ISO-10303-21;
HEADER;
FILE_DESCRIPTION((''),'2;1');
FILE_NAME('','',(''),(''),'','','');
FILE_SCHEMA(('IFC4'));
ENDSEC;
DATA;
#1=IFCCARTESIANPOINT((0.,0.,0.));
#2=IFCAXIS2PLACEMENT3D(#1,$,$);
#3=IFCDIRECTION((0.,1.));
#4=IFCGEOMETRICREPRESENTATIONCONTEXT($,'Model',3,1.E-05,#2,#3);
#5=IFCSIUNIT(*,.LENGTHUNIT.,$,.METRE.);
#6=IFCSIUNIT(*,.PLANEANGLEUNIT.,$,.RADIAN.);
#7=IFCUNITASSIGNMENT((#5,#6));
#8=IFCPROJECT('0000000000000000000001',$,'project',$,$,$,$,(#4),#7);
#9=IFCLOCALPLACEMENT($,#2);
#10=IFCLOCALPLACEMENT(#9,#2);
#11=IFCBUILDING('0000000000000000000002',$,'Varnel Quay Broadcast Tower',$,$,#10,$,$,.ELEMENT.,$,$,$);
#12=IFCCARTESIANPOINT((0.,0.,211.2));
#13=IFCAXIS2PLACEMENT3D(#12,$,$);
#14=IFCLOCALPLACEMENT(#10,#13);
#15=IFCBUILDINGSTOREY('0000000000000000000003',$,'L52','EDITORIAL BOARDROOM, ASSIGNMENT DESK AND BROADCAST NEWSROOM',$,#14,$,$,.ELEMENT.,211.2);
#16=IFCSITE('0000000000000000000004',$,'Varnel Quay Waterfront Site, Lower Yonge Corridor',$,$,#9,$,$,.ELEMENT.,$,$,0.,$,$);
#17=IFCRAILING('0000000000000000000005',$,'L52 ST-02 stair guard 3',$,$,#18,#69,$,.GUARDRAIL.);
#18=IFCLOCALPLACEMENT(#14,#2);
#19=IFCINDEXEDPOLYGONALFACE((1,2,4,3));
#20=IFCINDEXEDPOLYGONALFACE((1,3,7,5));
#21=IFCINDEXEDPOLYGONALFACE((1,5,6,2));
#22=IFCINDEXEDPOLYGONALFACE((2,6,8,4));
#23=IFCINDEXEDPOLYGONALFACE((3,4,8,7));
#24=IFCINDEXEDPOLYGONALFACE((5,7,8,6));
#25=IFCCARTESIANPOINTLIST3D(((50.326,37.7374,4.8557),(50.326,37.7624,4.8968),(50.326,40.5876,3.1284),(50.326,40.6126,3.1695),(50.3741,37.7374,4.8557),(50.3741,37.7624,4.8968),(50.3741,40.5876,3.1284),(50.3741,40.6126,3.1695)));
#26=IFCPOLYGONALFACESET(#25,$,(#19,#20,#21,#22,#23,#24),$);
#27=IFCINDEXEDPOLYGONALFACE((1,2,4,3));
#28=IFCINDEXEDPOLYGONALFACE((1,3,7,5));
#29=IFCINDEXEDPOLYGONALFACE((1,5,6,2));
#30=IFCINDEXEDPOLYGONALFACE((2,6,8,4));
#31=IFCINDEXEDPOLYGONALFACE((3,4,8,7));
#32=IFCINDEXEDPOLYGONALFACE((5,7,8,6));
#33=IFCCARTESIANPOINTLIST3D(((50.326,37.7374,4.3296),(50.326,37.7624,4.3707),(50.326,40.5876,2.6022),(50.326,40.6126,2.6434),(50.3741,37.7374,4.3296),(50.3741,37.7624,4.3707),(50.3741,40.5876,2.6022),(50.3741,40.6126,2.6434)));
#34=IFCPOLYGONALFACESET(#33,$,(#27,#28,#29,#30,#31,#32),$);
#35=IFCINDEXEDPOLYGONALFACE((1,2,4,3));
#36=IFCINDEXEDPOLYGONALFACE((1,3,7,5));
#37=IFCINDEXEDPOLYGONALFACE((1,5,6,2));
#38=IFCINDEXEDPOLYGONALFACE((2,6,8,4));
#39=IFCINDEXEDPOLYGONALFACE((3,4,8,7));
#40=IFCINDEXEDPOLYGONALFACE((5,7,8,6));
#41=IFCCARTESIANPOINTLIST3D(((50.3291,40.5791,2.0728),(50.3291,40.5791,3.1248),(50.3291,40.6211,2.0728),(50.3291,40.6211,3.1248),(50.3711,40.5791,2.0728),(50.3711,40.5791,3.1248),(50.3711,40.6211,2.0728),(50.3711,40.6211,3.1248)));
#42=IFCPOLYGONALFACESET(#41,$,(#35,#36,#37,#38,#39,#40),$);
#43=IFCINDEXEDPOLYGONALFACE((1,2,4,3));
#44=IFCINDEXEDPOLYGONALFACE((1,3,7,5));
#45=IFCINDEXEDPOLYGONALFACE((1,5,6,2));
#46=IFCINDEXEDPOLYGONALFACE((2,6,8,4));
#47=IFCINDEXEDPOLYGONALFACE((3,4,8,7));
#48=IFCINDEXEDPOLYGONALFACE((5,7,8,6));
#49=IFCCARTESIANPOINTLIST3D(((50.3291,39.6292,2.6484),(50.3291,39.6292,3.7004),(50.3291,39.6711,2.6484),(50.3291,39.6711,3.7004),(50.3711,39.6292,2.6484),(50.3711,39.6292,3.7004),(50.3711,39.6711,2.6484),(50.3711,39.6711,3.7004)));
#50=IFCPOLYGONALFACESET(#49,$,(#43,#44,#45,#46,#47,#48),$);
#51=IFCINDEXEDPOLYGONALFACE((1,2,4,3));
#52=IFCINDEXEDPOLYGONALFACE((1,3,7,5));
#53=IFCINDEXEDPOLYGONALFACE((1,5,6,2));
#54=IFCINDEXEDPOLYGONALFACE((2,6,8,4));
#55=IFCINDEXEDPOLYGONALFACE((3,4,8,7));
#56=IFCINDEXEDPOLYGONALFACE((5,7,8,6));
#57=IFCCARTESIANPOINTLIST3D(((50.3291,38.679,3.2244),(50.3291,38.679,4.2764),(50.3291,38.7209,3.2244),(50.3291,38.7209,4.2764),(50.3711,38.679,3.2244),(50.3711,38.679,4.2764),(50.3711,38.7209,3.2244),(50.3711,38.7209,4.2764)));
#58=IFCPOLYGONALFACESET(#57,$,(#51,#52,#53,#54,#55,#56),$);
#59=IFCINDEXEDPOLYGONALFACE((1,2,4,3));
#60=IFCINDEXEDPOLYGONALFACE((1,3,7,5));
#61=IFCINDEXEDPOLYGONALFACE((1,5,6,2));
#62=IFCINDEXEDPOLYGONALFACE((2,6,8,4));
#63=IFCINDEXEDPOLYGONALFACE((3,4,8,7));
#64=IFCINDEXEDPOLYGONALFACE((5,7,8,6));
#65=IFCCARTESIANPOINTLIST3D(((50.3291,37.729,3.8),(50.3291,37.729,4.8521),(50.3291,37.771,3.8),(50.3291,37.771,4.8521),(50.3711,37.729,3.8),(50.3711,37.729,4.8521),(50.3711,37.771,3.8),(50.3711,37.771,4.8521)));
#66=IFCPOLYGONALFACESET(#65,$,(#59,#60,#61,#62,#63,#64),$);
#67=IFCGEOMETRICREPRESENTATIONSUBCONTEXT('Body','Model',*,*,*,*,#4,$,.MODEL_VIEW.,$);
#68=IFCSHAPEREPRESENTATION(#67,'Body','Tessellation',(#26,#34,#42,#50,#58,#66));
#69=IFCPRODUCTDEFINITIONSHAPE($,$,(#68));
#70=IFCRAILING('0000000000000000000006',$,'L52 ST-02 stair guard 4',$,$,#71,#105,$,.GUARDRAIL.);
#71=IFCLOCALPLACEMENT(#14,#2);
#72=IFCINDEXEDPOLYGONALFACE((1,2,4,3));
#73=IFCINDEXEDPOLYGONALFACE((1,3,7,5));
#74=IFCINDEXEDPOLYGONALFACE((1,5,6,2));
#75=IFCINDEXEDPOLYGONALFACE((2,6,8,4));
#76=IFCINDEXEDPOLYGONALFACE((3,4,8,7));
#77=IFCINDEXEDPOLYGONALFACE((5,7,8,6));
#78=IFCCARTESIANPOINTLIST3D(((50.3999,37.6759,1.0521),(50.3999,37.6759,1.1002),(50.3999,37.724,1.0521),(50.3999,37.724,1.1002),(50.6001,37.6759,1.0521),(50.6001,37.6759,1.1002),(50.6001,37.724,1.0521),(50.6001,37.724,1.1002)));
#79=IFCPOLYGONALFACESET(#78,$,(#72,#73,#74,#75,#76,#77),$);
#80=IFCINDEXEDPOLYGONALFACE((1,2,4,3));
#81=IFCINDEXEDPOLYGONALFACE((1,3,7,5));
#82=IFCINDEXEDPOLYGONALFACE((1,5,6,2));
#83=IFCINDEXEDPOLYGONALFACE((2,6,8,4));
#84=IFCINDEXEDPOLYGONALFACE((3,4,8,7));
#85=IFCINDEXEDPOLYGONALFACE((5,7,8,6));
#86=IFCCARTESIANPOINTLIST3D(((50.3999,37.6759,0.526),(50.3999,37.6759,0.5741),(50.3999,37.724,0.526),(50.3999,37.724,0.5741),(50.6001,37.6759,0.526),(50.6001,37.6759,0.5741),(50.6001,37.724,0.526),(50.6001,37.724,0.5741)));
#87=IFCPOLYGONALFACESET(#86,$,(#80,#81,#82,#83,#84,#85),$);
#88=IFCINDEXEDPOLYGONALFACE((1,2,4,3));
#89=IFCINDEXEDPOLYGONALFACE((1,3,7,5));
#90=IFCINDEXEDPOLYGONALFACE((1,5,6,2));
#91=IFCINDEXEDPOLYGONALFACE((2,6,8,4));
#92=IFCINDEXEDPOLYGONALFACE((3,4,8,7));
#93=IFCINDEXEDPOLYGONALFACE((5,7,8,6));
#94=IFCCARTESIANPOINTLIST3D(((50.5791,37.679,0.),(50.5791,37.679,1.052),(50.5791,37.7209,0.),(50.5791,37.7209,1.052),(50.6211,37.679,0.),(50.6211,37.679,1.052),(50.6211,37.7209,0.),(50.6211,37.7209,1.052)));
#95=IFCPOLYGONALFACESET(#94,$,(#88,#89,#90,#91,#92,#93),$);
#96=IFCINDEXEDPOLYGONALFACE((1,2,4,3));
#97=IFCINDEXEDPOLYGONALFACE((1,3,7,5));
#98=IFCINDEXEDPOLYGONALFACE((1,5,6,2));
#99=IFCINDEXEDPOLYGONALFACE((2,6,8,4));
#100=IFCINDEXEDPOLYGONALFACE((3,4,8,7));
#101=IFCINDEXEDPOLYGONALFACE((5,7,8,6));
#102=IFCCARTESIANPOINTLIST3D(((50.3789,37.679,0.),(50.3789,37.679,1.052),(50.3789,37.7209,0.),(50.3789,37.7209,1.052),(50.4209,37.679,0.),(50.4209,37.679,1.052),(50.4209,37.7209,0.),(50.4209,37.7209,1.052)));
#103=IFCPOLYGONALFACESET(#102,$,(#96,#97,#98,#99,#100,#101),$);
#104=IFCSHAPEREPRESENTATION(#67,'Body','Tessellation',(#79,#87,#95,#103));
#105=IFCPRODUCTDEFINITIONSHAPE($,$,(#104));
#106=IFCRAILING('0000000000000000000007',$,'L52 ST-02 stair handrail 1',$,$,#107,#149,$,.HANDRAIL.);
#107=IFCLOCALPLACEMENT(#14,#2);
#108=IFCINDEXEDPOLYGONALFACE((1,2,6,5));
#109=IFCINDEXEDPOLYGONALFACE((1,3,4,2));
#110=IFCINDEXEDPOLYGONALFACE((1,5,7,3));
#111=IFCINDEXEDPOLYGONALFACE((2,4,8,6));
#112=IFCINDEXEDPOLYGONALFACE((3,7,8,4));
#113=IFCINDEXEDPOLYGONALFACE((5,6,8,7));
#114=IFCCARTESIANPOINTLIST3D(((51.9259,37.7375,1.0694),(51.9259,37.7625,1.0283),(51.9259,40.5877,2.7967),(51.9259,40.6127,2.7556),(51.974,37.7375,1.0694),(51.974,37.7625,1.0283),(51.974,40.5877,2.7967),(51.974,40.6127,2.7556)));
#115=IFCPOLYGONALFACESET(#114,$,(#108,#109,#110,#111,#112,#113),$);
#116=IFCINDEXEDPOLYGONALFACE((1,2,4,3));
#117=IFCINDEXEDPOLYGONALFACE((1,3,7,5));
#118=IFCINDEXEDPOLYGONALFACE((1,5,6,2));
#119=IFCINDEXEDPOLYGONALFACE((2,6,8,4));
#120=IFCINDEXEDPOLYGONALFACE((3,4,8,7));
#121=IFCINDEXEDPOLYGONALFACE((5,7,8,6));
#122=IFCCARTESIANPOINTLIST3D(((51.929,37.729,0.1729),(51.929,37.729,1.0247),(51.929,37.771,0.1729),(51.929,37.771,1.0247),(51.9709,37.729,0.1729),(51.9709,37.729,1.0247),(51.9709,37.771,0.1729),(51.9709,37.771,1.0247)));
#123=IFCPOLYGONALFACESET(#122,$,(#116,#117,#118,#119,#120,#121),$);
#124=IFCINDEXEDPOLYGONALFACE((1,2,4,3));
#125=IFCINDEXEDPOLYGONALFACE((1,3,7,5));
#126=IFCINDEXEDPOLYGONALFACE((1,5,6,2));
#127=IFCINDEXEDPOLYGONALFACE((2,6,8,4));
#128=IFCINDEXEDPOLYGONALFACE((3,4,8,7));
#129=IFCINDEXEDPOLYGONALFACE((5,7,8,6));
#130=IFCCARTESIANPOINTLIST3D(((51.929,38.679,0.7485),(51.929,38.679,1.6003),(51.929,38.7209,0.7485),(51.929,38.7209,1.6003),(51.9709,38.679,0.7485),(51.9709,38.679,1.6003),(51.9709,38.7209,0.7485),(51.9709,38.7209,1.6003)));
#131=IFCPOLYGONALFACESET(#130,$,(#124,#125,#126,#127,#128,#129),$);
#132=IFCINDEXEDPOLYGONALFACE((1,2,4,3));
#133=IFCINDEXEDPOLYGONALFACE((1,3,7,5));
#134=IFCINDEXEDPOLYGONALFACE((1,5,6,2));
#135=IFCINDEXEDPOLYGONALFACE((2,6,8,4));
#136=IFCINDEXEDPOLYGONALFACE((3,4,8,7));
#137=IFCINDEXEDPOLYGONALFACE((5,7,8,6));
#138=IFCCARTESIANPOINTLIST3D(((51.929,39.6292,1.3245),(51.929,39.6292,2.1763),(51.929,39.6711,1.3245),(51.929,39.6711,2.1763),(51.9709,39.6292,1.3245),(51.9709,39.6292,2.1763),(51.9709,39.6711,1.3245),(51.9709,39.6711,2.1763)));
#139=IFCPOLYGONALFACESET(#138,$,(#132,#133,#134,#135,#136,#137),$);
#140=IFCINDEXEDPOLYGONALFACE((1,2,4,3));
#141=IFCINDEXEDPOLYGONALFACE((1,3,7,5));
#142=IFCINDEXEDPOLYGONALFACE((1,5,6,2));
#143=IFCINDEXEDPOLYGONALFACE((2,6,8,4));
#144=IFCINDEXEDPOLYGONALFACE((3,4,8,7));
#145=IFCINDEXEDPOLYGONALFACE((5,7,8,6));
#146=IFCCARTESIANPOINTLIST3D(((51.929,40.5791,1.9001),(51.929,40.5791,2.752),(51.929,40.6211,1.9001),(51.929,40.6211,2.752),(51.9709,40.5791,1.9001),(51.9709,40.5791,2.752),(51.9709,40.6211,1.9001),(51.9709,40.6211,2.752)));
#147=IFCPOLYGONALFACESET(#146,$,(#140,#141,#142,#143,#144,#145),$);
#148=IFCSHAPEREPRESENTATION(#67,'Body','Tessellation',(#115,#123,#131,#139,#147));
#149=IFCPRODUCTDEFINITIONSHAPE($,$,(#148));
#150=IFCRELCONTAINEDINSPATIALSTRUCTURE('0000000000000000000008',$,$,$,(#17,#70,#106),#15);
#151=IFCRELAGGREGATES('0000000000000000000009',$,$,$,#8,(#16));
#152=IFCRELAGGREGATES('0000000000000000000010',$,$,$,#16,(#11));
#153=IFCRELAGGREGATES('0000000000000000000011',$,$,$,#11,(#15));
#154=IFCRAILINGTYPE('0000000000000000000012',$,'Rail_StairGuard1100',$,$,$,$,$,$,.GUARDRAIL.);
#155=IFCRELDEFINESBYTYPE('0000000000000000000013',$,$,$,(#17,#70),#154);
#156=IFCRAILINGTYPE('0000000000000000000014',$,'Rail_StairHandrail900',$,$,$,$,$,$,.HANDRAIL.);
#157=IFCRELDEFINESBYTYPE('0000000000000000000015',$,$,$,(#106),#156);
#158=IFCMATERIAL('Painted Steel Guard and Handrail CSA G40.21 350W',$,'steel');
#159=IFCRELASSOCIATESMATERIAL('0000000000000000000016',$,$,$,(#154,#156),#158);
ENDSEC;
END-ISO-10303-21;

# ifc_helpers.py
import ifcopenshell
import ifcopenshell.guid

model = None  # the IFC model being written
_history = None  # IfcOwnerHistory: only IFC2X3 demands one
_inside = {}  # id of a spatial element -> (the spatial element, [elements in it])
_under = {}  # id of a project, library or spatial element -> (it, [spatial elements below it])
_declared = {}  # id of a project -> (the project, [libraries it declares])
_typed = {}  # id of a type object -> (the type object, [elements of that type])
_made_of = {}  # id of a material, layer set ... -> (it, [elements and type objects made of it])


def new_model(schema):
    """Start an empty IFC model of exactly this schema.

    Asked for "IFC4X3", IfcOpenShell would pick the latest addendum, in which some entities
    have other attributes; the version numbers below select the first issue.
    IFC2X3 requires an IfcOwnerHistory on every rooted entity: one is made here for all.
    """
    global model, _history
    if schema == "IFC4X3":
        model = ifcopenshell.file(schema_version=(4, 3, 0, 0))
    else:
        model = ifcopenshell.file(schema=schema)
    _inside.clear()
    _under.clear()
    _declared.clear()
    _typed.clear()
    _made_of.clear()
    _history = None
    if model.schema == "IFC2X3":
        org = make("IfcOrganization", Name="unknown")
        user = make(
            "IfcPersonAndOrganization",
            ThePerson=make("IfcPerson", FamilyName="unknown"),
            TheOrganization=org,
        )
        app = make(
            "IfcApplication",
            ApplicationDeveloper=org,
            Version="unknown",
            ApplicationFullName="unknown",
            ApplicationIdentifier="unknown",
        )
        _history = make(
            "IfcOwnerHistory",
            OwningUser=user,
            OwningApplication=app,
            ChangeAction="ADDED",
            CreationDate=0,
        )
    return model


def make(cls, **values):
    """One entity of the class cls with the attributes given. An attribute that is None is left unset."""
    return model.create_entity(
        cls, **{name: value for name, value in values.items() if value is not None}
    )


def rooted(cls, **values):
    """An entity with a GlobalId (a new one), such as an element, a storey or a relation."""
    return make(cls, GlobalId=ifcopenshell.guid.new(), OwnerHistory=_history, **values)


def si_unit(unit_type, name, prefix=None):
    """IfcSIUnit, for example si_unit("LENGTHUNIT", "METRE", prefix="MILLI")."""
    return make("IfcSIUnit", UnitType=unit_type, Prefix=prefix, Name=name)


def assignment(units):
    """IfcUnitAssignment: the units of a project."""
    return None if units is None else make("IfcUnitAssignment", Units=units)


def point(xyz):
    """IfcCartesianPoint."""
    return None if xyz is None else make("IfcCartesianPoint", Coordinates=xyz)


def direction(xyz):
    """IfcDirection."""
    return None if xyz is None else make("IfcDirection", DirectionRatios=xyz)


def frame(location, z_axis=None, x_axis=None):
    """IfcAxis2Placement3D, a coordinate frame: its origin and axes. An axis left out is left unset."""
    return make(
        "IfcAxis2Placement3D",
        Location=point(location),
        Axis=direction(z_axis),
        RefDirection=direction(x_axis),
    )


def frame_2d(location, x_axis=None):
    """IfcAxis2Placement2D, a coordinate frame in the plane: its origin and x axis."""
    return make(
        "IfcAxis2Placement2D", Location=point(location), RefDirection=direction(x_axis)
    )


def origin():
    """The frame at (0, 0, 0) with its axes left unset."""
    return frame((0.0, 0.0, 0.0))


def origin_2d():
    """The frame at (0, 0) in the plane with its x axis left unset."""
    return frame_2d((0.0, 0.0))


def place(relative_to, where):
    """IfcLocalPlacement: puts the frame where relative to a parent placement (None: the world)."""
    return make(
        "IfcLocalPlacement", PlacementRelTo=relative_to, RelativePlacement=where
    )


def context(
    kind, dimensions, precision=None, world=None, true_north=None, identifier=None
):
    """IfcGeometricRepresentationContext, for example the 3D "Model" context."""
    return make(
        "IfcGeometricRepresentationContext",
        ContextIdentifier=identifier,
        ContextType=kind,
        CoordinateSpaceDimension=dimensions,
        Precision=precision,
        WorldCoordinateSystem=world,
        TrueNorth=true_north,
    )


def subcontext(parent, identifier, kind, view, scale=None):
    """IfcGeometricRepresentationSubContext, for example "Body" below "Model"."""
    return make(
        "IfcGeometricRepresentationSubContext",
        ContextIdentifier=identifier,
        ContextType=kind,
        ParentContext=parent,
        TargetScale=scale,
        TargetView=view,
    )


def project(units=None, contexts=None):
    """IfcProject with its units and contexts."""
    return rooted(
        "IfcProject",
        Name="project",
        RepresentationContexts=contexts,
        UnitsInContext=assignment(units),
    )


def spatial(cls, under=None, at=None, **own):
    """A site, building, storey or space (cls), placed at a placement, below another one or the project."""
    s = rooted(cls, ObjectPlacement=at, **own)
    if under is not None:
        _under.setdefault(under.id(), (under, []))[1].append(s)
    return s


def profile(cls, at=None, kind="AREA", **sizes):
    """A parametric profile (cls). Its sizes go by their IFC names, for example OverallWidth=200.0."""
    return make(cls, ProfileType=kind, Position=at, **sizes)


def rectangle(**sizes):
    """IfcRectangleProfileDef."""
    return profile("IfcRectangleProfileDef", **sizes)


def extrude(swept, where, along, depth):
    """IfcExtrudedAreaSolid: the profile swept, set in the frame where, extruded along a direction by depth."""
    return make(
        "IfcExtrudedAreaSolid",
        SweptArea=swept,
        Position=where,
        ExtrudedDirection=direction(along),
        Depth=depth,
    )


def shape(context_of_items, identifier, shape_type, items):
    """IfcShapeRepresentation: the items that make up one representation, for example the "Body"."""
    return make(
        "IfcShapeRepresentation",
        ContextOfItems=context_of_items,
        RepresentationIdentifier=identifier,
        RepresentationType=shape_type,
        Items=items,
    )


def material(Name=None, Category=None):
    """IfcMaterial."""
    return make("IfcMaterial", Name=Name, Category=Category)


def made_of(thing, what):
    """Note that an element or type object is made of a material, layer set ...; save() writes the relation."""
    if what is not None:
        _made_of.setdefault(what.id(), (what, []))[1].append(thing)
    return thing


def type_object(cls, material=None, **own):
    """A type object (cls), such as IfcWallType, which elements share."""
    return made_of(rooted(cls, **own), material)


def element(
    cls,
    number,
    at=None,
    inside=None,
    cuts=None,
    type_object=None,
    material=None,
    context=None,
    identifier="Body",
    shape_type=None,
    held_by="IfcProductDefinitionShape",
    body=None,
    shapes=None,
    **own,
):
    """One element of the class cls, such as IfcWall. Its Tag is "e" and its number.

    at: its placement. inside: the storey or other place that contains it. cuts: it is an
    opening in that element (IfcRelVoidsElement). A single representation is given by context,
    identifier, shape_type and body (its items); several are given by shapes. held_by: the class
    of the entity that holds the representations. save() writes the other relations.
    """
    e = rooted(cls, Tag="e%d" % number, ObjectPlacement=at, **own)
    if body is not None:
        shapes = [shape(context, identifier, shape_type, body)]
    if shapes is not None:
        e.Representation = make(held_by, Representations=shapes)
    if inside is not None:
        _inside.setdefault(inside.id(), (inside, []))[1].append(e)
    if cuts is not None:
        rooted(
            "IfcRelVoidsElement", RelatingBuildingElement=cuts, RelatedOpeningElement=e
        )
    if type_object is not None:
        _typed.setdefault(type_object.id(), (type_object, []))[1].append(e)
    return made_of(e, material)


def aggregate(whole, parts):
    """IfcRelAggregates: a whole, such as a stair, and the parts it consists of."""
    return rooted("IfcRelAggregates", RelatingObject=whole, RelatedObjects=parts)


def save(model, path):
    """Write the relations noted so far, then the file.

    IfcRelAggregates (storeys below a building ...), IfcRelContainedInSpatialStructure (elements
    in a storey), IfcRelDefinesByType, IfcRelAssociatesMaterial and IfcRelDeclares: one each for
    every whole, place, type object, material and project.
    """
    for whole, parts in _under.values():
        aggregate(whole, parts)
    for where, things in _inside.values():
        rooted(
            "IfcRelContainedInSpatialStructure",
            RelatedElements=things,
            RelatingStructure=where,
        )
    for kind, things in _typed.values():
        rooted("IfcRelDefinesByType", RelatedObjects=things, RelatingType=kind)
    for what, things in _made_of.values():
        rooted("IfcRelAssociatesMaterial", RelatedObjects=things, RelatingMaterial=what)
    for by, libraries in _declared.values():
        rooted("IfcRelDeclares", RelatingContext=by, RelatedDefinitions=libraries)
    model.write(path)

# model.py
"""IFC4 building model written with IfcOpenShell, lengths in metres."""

from ifc_helpers import new_model, si_unit, direction, frame, origin, origin_2d, place, context, subcontext, project, spatial, rectangle, extrude, material, type_object, element, save


model = new_model("IFC4")

# Units and contexts
model_context = context("Model", 3, precision=1e-05, world=origin(), true_north=direction((0.0, 1.0)))
body_context = subcontext(model_context, "Body", "Model", "MODEL_VIEW")
ifc_project = project(units=[si_unit("LENGTHUNIT", "METRE"), si_unit("PLANEANGLEUNIT", "RADIAN")], contexts=[model_context])

# Site, building, storey
site_placement = place(None, origin())
site = spatial("IfcSite", under=ifc_project, at=site_placement, Name="Varnel Quay Waterfront Site, Lower Yonge Corridor", CompositionType="ELEMENT", RefElevation=0.0)
building_placement = place(site_placement, origin())
building = spatial("IfcBuilding", under=site, at=building_placement, Name="Varnel Quay Broadcast Tower", CompositionType="ELEMENT")
storey_placement = place(building_placement, frame((0.0, 0.0, 211.2)))
storey = spatial("IfcBuildingStorey", under=building, at=storey_placement, Name="L52", Description="EDITORIAL BOARDROOM, ASSIGNMENT DESK AND BROADCAST NEWSROOM", CompositionType="ELEMENT", Elevation=211.2)

# Railings
ifc_material_1 = material(Name="Painted Steel Guard and Handrail CSA G40.21 350W", Category="steel")
railing_type_1 = type_object("IfcRailingType", Name="Rail_StairGuard1100", PredefinedType="GUARDRAIL", material=ifc_material_1)
railing_1_placement = place(storey_placement, frame((50.3501, 40.6001, 2.0728)))
element("IfcRailing", 1, at=railing_1_placement, inside=storey, type_object=railing_type_1, Name="L52 ST-02 stair guard 3", PredefinedType="GUARDRAIL", context=body_context, shape_type="SweptSolid", body=[
    extrude(rectangle(XDim=0.0481, YDim=0.0481, at=origin_2d()), frame((0.0, 0.0, 1.0762), z_axis=(0.0, -0.855203, 0.518294), x_axis=(1.0, 0.0, 0.0)), (0.0, 0.0, 1.0), 3.3328),
    extrude(rectangle(XDim=0.0481, YDim=0.0481, at=origin_2d()), frame((0.0, 0.0, 0.55), z_axis=(0.0, -0.855203, 0.518294), x_axis=(1.0, 0.0, 0.0)), (0.0, 0.0, 1.0), 3.3328),
    extrude(rectangle(XDim=0.042, YDim=0.042, at=origin_2d()), origin(), (0.0, 0.0, 1.0), 1.052),
    extrude(rectangle(XDim=0.042, YDim=0.042, at=origin_2d()), frame((0.0, -0.95, 0.5757)), (0.0, 0.0, 1.0), 1.052),
    extrude(rectangle(XDim=0.042, YDim=0.042, at=origin_2d()), frame((0.0, -1.9001, 1.1516)), (0.0, 0.0, 1.0), 1.052),
    extrude(rectangle(XDim=0.042, YDim=0.042, at=origin_2d()), frame((0.0, -2.8501, 1.7273)), (0.0, 0.0, 1.0), 1.052),
])
railing_2_placement = place(storey_placement, frame((50.6001, 37.7, 0.0)))
element("IfcRailing", 2, at=railing_2_placement, inside=storey, type_object=railing_type_1, Name="L52 ST-02 stair guard 4", PredefinedType="GUARDRAIL", context=body_context, shape_type="SweptSolid", body=[
    extrude(rectangle(XDim=0.0481, YDim=0.0481, at=origin_2d()), frame((0.0, 0.0, 1.0762), z_axis=(-1.0, 0.0, 0.0), x_axis=(0.0, -1.0, 0.0)), (0.0, 0.0, 1.0), 0.2002),
    extrude(rectangle(XDim=0.0481, YDim=0.0481, at=origin_2d()), frame((0.0, 0.0, 0.55), z_axis=(-1.0, 0.0, 0.0), x_axis=(0.0, -1.0, 0.0)), (0.0, 0.0, 1.0), 0.2002),
    extrude(rectangle(XDim=0.042, YDim=0.042, at=origin_2d()), origin(), (0.0, 0.0, 1.0), 1.052),
    extrude(rectangle(XDim=0.042, YDim=0.042, at=origin_2d()), frame((-0.2002, 0.0, 0.0)), (0.0, 0.0, 1.0), 1.052),
])
railing_type_2 = type_object("IfcRailingType", Name="Rail_StairHandrail900", PredefinedType="HANDRAIL", material=ifc_material_1)
railing_3_placement = place(storey_placement, frame((51.95, 37.75, 0.1729)))
element("IfcRailing", 3, at=railing_3_placement, inside=storey, type_object=railing_type_2, Name="L52 ST-02 stair handrail 1", PredefinedType="HANDRAIL", context=body_context, shape_type="SweptSolid", body=[
    extrude(rectangle(XDim=0.0481, YDim=0.0481, at=origin_2d()), frame((0.0, 0.0, 0.876), z_axis=(0.0, 0.855203, 0.518294), x_axis=(-1.0, 0.0, 0.0)), (0.0, 0.0, 1.0), 3.3328),
    extrude(rectangle(XDim=0.042, YDim=0.042, at=origin_2d()), origin(), (0.0, 0.0, 1.0), 0.8518),
    extrude(rectangle(XDim=0.042, YDim=0.042, at=origin_2d()), frame((0.0, 0.95, 0.5757)), (0.0, 0.0, 1.0), 0.8518),
    extrude(rectangle(XDim=0.042, YDim=0.042, at=origin_2d()), frame((0.0, 1.9001, 1.1516)), (0.0, 0.0, 1.0), 0.8518),
    extrude(rectangle(XDim=0.042, YDim=0.042, at=origin_2d()), frame((0.0, 2.8501, 1.7273)), (0.0, 0.0, 1.0), 0.8518),
])

save(model, "model.ifc")
